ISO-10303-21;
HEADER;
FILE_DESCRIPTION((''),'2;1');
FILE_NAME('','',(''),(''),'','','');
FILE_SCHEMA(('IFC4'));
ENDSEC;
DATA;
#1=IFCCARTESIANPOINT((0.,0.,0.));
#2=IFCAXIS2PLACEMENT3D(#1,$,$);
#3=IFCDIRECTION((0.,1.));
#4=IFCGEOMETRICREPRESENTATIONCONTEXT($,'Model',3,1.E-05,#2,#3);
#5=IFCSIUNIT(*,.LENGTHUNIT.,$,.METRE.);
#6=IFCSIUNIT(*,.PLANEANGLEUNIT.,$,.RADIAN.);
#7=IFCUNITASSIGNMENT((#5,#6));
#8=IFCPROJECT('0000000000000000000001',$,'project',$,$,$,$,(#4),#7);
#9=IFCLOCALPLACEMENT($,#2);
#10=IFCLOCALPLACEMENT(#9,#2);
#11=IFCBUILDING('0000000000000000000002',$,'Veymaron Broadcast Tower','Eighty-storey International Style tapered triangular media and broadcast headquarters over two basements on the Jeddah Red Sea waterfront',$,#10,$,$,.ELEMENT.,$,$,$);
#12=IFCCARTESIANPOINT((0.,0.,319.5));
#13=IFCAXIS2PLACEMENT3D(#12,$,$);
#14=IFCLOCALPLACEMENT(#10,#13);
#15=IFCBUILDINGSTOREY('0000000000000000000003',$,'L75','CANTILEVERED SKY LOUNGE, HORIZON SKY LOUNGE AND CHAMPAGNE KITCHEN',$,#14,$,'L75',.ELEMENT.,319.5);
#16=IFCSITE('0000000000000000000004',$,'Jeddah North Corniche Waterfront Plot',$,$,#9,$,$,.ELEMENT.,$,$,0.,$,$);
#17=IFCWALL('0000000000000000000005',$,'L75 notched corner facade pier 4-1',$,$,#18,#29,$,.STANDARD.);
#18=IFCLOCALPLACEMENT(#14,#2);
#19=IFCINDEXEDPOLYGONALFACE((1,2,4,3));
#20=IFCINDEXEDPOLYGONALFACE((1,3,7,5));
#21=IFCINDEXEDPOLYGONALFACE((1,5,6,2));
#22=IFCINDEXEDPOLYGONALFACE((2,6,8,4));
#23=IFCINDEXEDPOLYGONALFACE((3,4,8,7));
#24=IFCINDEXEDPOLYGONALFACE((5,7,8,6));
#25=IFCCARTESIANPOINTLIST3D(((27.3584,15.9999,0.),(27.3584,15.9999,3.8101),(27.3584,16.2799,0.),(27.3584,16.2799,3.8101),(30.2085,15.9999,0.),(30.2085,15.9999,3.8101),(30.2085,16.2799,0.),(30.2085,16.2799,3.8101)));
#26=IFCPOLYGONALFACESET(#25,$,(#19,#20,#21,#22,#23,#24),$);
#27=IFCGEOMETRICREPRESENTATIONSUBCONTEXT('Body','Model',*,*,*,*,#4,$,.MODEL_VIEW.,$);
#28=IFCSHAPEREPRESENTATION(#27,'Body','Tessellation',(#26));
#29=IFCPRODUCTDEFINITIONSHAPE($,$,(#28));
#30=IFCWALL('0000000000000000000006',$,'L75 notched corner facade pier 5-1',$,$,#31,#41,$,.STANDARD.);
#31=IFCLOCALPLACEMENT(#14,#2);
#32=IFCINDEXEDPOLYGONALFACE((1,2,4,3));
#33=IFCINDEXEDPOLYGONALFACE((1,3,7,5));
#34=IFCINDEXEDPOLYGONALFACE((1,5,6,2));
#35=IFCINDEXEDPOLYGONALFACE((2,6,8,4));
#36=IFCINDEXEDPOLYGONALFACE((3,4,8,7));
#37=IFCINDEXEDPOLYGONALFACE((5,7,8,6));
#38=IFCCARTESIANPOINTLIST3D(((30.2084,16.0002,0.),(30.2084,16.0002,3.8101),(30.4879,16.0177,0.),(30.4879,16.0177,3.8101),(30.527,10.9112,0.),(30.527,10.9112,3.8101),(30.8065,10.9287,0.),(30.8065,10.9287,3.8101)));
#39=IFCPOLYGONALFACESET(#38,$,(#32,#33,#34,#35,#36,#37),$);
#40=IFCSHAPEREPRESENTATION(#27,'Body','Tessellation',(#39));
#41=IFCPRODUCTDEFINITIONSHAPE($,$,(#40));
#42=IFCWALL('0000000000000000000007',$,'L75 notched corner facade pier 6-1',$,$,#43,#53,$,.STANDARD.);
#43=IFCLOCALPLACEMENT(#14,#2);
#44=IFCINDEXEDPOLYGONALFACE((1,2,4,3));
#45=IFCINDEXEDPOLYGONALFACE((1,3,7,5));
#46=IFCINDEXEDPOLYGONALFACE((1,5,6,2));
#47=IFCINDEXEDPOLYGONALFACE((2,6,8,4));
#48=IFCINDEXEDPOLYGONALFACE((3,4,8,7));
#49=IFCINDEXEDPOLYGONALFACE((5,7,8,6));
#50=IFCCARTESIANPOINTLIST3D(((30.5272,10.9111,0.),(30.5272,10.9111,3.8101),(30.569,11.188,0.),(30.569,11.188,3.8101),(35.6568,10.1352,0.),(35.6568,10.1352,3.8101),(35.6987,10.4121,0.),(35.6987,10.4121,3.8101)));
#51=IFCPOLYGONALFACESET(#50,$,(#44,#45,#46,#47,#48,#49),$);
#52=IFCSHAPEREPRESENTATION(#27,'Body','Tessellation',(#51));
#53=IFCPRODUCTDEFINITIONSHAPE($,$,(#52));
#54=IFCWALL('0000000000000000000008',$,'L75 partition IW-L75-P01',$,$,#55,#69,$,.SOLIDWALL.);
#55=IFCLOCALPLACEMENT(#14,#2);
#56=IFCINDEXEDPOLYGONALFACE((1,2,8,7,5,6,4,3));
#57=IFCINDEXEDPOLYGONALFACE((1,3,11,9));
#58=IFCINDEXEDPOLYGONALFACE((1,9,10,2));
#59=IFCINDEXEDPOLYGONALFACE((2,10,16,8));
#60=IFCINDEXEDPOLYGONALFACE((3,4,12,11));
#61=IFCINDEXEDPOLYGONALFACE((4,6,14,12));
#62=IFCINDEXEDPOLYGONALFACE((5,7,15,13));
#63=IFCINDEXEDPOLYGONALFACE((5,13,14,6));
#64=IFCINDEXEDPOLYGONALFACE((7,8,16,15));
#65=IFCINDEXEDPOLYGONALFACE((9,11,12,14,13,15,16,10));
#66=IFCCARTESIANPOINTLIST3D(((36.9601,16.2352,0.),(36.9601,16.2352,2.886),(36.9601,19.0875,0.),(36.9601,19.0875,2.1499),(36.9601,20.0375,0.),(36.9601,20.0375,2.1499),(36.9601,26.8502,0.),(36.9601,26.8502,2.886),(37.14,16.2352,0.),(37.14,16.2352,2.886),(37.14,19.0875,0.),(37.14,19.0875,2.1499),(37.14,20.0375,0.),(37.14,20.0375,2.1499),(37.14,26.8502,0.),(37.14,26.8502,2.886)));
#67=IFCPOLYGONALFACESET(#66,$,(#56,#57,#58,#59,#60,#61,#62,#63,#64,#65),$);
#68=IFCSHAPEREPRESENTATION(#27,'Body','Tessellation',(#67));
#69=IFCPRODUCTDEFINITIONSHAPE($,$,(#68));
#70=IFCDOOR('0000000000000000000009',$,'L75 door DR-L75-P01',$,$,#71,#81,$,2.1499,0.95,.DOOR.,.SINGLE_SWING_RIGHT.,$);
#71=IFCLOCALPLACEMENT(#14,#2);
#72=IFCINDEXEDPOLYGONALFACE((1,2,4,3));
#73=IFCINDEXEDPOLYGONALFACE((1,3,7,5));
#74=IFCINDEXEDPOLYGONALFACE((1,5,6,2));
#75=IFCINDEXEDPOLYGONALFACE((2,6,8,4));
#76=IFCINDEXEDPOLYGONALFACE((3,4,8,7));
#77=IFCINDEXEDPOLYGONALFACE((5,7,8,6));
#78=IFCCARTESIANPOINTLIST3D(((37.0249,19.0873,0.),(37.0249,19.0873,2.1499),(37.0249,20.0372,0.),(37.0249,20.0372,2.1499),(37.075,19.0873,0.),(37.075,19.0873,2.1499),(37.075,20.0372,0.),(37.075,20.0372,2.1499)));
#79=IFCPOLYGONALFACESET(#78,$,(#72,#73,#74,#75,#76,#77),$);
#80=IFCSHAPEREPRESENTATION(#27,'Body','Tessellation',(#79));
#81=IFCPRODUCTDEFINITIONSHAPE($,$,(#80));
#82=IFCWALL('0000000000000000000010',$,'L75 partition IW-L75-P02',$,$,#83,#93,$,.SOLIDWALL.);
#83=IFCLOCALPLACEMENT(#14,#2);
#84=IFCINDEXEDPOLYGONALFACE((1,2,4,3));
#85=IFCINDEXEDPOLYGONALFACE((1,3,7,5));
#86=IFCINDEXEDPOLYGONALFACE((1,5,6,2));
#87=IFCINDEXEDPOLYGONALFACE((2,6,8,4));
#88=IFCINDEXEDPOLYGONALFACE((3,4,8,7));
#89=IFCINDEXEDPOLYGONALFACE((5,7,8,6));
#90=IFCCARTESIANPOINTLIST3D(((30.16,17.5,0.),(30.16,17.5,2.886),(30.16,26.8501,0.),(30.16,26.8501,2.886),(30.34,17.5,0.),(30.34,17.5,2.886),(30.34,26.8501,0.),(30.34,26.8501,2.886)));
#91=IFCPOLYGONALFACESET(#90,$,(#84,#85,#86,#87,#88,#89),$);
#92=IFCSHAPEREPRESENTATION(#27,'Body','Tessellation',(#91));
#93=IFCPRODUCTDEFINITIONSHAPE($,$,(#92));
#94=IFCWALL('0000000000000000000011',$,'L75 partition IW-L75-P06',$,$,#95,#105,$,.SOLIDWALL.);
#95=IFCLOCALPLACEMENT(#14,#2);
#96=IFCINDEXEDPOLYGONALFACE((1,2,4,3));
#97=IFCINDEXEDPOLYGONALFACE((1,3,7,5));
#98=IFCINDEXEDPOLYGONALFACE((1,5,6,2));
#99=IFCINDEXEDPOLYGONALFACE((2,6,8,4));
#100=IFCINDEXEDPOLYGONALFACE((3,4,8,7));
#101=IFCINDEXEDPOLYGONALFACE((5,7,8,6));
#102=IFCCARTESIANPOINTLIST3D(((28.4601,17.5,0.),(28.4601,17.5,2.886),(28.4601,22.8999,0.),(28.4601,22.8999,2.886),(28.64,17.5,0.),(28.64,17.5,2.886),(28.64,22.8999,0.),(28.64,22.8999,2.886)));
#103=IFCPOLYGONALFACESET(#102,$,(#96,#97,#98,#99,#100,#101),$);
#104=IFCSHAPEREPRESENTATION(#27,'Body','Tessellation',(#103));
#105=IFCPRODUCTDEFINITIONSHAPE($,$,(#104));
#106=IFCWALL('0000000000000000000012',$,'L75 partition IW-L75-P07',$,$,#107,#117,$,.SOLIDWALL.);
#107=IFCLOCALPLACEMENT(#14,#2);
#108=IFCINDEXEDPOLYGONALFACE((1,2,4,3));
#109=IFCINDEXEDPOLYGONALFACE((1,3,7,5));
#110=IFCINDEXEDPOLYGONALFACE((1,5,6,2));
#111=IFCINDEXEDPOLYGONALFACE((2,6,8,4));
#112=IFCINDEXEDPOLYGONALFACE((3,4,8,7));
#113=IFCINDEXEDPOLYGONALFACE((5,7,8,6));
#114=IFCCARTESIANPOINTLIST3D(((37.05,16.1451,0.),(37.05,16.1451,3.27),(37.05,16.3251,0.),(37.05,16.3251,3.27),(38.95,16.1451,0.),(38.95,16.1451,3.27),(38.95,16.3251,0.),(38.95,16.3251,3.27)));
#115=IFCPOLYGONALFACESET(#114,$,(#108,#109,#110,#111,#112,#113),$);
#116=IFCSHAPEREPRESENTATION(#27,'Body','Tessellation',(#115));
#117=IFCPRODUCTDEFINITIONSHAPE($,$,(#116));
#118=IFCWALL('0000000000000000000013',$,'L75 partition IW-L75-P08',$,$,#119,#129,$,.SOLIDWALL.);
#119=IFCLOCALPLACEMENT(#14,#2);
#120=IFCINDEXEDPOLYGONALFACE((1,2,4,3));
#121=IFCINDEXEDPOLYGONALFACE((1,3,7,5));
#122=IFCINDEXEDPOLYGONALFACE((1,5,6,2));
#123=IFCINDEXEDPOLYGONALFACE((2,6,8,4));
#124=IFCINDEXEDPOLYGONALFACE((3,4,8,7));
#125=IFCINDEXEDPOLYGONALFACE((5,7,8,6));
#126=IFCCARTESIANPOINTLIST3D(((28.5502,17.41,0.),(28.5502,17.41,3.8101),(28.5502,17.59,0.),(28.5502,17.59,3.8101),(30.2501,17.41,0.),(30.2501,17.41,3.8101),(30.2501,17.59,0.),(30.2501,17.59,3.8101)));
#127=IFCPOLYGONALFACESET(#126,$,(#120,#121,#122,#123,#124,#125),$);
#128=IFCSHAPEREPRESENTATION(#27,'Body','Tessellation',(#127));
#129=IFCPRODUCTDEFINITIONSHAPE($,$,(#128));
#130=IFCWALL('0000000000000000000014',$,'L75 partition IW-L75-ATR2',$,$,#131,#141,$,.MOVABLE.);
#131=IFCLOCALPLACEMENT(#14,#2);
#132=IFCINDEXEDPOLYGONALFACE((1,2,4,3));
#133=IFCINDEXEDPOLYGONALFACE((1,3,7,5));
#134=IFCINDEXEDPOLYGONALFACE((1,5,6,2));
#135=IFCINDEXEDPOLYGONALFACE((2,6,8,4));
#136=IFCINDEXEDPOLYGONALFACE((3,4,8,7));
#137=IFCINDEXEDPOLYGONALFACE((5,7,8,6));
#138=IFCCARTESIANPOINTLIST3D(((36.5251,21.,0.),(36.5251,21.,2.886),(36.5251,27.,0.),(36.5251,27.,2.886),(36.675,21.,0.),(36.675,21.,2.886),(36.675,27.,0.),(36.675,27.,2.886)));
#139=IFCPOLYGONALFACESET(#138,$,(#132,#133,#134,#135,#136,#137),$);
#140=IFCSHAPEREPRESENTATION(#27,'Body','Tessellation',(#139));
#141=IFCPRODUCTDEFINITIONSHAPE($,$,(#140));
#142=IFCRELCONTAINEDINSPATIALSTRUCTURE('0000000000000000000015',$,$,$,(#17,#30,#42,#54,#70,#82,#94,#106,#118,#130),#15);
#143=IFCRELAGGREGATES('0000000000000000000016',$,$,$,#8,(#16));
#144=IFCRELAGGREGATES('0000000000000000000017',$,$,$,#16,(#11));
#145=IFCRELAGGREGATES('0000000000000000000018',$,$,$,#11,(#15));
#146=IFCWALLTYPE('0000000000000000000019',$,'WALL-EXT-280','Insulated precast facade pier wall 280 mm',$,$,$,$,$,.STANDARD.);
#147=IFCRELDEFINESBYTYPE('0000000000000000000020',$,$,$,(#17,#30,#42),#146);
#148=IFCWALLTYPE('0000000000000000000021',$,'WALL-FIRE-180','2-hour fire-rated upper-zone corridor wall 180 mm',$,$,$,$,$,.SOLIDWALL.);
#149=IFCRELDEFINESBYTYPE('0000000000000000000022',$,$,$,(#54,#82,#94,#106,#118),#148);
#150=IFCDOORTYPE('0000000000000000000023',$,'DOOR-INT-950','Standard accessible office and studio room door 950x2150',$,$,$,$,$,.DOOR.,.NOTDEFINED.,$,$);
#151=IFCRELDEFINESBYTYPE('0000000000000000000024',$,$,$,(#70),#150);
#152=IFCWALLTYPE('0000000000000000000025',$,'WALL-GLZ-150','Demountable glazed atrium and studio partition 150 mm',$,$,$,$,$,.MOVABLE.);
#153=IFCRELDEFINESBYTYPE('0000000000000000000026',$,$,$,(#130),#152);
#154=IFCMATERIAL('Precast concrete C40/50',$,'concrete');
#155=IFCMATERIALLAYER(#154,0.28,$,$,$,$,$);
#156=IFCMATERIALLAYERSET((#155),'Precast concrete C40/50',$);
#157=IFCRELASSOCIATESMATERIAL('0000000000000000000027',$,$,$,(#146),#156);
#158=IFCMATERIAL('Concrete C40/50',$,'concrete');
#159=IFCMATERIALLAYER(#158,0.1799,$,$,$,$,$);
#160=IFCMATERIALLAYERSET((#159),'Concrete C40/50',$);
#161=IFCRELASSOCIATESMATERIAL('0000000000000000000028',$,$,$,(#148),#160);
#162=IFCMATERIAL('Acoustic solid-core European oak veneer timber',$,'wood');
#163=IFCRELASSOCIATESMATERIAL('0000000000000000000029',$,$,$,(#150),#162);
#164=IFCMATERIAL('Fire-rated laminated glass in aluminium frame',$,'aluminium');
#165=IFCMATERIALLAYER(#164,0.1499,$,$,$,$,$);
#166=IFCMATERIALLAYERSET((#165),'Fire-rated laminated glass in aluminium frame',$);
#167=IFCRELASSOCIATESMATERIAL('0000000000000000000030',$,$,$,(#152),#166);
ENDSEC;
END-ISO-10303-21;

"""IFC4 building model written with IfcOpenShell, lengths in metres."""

from ifc_helpers import new_model, si_unit, direction, frame, frame_2d, origin, place, context, subcontext, project, spatial, rectangle, extrude, material, layer, layer_set, type_object, element, fill, save


model = new_model("IFC4")

# Units and contexts
model_context = context("Model", 3, precision=1e-05, world=origin(), true_north=direction((0.0, 1.0)))
body_context = subcontext(model_context, "Body", "Model", "MODEL_VIEW")
ifc_project = project(units=[si_unit("LENGTHUNIT", "METRE"), si_unit("PLANEANGLEUNIT", "RADIAN")], contexts=[model_context])

# Site, building, storey
site_placement = place(None, origin())
site = spatial("IfcSite", under=ifc_project, at=site_placement, Name="Jeddah North Corniche Waterfront Plot", CompositionType="ELEMENT", RefElevation=0.0)
building_placement = place(site_placement, origin())
building = spatial("IfcBuilding", under=site, at=building_placement, Name="Veymaron Broadcast Tower", Description="Eighty-storey International Style tapered triangular media and broadcast headquarters over two basements on the Jeddah Red Sea waterfront", CompositionType="ELEMENT")
storey_placement = place(building_placement, frame((0.0, 0.0, 319.5)))
storey = spatial("IfcBuildingStorey", under=building, at=storey_placement, Name="L75", Description="CANTILEVERED SKY LOUNGE, HORIZON SKY LOUNGE AND CHAMPAGNE KITCHEN", LongName="L75", CompositionType="ELEMENT", Elevation=319.5)

# Walls
ifc_material_1 = material(Name="Precast concrete C40/50", Category="concrete")
ifc_layer_1 = layer(ifc_material_1, 0.28)
ifc_layer_set_1 = layer_set([ifc_layer_1], Name="Precast concrete C40/50")
wall_type_1 = type_object("IfcWallType", Name="WALL-EXT-280", Description="Insulated precast facade pier wall 280 mm", PredefinedType="STANDARD", material=ifc_layer_set_1)
wall_1_placement = place(storey_placement, frame((27.3584, 16.1399, 0.0), z_axis=(0.0, 0.0, 1.0), x_axis=(1.0, 0.0, 0.0)))
element("IfcWall", 1, at=wall_1_placement, inside=storey, type_object=wall_type_1, Name="L75 notched corner facade pier 4-1", PredefinedType="STANDARD", context=body_context, shape_type="SweptSolid", body=[
    extrude(rectangle(XDim=2.8501, YDim=0.28, at=frame_2d((1.425, 0.0))), origin(), (0.0, 0.0, 1.0), 3.8101),
])
wall_2_placement = place(storey_placement, frame((30.3481, 16.0088, 0.0), z_axis=(0.0, 0.0, 1.0), x_axis=(0.062486, -0.998046, 0.0)))
element("IfcWall", 2, at=wall_2_placement, inside=storey, type_object=wall_type_1, Name="L75 notched corner facade pier 5-1", PredefinedType="STANDARD", context=body_context, shape_type="SweptSolid", body=[
    extrude(rectangle(XDim=5.0989, YDim=0.28, at=frame_2d((2.5493, 0.0))), origin(), (0.0, 0.0, 1.0), 3.8101),
])
wall_3_placement = place(storey_placement, frame((30.5481, 11.0496, 0.0), z_axis=(0.0, 0.0, 1.0), x_axis=(0.988754, -0.149553, 0.0)))
element("IfcWall", 3, at=wall_3_placement, inside=storey, type_object=wall_type_1, Name="L75 notched corner facade pier 6-1", PredefinedType="STANDARD", context=body_context, shape_type="SweptSolid", body=[
    extrude(rectangle(XDim=5.188, YDim=0.28, at=frame_2d((2.594, 0.0))), origin(), (0.0, 0.0, 1.0), 3.8101),
])

# Wall, opening, door
ifc_material_2 = material(Name="Concrete C40/50", Category="concrete")
ifc_layer_2 = layer(ifc_material_2, 0.1799)
ifc_layer_set_2 = layer_set([ifc_layer_2], Name="Concrete C40/50")
wall_type_2 = type_object("IfcWallType", Name="WALL-FIRE-180", Description="2-hour fire-rated upper-zone corridor wall 180 mm", PredefinedType="SOLIDWALL", material=ifc_layer_set_2)
wall_4_placement = place(storey_placement, frame((37.05, 16.2351, 0.0), z_axis=(0.0, 0.0, 1.0), x_axis=(0.0, 1.0, 0.0)))
wall_4 = element("IfcWall", 4, at=wall_4_placement, inside=storey, type_object=wall_type_2, Name="L75 partition IW-L75-P01", PredefinedType="SOLIDWALL", context=body_context, shape_type="SweptSolid", body=[
    extrude(rectangle(XDim=10.615, YDim=0.1799, at=frame_2d((5.3076, 0.0))), origin(), (0.0, 0.0, 1.0), 2.886),
])
opening_placement = place(wall_4_placement, frame((2.8523, 0.0, 0.0)))
opening = element("IfcOpeningElement", 5, at=opening_placement, cuts=wall_4, PredefinedType="OPENING", context=body_context, shape_type="SweptSolid", body=[
    extrude(rectangle(XDim=0.95, YDim=2.1499, at=frame_2d((0.4751, 1.075))), frame((0.0, 0.1001, 0.0), z_axis=(0.0, -1.0, 0.0), x_axis=(1.0, 0.0, 0.0)), (0.0, 0.0, 1.0), 0.2),
])
ifc_material_3 = material(Name="Acoustic solid-core European oak veneer timber", Category="wood")
door_type = type_object("IfcDoorType", Name="DOOR-INT-950", Description="Standard accessible office and studio room door 950x2150", OperationType="NOTDEFINED", PredefinedType="DOOR", material=ifc_material_3)
door_placement = place(opening_placement, frame((0.95, 0.0, 0.0), z_axis=(0.0, 0.0, 1.0), x_axis=(-1.0, 0.0, 0.0)))
door = element("IfcDoor", 6, at=door_placement, inside=storey, type_object=door_type, Name="L75 door DR-L75-P01", OperationType="SINGLE_SWING_RIGHT", OverallHeight=2.1499, OverallWidth=0.95, PredefinedType="DOOR", context=body_context, shape_type="SweptSolid", body=[
    extrude(rectangle(XDim=0.95, YDim=2.1499, at=frame_2d((0.4751, 1.075))), frame((0.0, 0.0249, 0.0), z_axis=(0.0, -1.0, 0.0), x_axis=(1.0, 0.0, 0.0)), (0.0, 0.0, 1.0), 0.05),
])
fill(opening, door)

# Walls
wall_5_placement = place(storey_placement, frame((30.25, 17.5, 0.0), z_axis=(0.0, 0.0, 1.0), x_axis=(0.0, 1.0, 0.0)))
element("IfcWall", 7, at=wall_5_placement, inside=storey, type_object=wall_type_2, Name="L75 partition IW-L75-P02", PredefinedType="SOLIDWALL", context=body_context, shape_type="SweptSolid", body=[
    extrude(rectangle(XDim=9.3501, YDim=0.1799, at=frame_2d((4.675, 0.0))), origin(), (0.0, 0.0, 1.0), 2.886),
])
wall_6_placement = place(storey_placement, frame((28.55, 17.5, 0.0), z_axis=(0.0, 0.0, 1.0), x_axis=(0.0, 1.0, 0.0)))
element("IfcWall", 8, at=wall_6_placement, inside=storey, type_object=wall_type_2, Name="L75 partition IW-L75-P06", PredefinedType="SOLIDWALL", context=body_context, shape_type="SweptSolid", body=[
    extrude(rectangle(XDim=5.3999, YDim=0.1799, at=frame_2d((2.7, 0.0))), origin(), (0.0, 0.0, 1.0), 2.886),
])
wall_7_placement = place(storey_placement, frame((37.05, 16.2351, 0.0), z_axis=(0.0, 0.0, 1.0), x_axis=(1.0, 0.0, 0.0)))
element("IfcWall", 9, at=wall_7_placement, inside=storey, type_object=wall_type_2, Name="L75 partition IW-L75-P07", PredefinedType="SOLIDWALL", context=body_context, shape_type="SweptSolid", body=[
    extrude(rectangle(XDim=1.8999, YDim=0.1799, at=frame_2d((0.95, 0.0))), origin(), (0.0, 0.0, 1.0), 3.27),
])
wall_8_placement = place(storey_placement, frame((28.55, 17.5, 0.0), z_axis=(0.0, 0.0, 1.0), x_axis=(1.0, 0.0, 0.0)))
element("IfcWall", 10, at=wall_8_placement, inside=storey, type_object=wall_type_2, Name="L75 partition IW-L75-P08", PredefinedType="SOLIDWALL", context=body_context, shape_type="SweptSolid", body=[
    extrude(rectangle(XDim=1.7, YDim=0.1799, at=frame_2d((0.8501, 0.0))), origin(), (0.0, 0.0, 1.0), 3.8101),
])
ifc_material_4 = material(Name="Fire-rated laminated glass in aluminium frame", Category="aluminium")
ifc_layer_3 = layer(ifc_material_4, 0.1499)
ifc_layer_set_3 = layer_set([ifc_layer_3], Name="Fire-rated laminated glass in aluminium frame")
wall_type_3 = type_object("IfcWallType", Name="WALL-GLZ-150", Description="Demountable glazed atrium and studio partition 150 mm", PredefinedType="MOVABLE", material=ifc_layer_set_3)
wall_9_placement = place(storey_placement, frame((36.6001, 21.0, 0.0), z_axis=(0.0, 0.0, 1.0), x_axis=(0.0, 1.0, 0.0)))
element("IfcWall", 11, at=wall_9_placement, inside=storey, type_object=wall_type_3, Name="L75 partition IW-L75-ATR2", PredefinedType="MOVABLE", context=body_context, shape_type="SweptSolid", body=[
    extrude(rectangle(XDim=6.0, YDim=0.1499, at=frame_2d((3.0, 0.0))), origin(), (0.0, 0.0, 1.0), 2.886),
])

save(model, "model.ifc")
